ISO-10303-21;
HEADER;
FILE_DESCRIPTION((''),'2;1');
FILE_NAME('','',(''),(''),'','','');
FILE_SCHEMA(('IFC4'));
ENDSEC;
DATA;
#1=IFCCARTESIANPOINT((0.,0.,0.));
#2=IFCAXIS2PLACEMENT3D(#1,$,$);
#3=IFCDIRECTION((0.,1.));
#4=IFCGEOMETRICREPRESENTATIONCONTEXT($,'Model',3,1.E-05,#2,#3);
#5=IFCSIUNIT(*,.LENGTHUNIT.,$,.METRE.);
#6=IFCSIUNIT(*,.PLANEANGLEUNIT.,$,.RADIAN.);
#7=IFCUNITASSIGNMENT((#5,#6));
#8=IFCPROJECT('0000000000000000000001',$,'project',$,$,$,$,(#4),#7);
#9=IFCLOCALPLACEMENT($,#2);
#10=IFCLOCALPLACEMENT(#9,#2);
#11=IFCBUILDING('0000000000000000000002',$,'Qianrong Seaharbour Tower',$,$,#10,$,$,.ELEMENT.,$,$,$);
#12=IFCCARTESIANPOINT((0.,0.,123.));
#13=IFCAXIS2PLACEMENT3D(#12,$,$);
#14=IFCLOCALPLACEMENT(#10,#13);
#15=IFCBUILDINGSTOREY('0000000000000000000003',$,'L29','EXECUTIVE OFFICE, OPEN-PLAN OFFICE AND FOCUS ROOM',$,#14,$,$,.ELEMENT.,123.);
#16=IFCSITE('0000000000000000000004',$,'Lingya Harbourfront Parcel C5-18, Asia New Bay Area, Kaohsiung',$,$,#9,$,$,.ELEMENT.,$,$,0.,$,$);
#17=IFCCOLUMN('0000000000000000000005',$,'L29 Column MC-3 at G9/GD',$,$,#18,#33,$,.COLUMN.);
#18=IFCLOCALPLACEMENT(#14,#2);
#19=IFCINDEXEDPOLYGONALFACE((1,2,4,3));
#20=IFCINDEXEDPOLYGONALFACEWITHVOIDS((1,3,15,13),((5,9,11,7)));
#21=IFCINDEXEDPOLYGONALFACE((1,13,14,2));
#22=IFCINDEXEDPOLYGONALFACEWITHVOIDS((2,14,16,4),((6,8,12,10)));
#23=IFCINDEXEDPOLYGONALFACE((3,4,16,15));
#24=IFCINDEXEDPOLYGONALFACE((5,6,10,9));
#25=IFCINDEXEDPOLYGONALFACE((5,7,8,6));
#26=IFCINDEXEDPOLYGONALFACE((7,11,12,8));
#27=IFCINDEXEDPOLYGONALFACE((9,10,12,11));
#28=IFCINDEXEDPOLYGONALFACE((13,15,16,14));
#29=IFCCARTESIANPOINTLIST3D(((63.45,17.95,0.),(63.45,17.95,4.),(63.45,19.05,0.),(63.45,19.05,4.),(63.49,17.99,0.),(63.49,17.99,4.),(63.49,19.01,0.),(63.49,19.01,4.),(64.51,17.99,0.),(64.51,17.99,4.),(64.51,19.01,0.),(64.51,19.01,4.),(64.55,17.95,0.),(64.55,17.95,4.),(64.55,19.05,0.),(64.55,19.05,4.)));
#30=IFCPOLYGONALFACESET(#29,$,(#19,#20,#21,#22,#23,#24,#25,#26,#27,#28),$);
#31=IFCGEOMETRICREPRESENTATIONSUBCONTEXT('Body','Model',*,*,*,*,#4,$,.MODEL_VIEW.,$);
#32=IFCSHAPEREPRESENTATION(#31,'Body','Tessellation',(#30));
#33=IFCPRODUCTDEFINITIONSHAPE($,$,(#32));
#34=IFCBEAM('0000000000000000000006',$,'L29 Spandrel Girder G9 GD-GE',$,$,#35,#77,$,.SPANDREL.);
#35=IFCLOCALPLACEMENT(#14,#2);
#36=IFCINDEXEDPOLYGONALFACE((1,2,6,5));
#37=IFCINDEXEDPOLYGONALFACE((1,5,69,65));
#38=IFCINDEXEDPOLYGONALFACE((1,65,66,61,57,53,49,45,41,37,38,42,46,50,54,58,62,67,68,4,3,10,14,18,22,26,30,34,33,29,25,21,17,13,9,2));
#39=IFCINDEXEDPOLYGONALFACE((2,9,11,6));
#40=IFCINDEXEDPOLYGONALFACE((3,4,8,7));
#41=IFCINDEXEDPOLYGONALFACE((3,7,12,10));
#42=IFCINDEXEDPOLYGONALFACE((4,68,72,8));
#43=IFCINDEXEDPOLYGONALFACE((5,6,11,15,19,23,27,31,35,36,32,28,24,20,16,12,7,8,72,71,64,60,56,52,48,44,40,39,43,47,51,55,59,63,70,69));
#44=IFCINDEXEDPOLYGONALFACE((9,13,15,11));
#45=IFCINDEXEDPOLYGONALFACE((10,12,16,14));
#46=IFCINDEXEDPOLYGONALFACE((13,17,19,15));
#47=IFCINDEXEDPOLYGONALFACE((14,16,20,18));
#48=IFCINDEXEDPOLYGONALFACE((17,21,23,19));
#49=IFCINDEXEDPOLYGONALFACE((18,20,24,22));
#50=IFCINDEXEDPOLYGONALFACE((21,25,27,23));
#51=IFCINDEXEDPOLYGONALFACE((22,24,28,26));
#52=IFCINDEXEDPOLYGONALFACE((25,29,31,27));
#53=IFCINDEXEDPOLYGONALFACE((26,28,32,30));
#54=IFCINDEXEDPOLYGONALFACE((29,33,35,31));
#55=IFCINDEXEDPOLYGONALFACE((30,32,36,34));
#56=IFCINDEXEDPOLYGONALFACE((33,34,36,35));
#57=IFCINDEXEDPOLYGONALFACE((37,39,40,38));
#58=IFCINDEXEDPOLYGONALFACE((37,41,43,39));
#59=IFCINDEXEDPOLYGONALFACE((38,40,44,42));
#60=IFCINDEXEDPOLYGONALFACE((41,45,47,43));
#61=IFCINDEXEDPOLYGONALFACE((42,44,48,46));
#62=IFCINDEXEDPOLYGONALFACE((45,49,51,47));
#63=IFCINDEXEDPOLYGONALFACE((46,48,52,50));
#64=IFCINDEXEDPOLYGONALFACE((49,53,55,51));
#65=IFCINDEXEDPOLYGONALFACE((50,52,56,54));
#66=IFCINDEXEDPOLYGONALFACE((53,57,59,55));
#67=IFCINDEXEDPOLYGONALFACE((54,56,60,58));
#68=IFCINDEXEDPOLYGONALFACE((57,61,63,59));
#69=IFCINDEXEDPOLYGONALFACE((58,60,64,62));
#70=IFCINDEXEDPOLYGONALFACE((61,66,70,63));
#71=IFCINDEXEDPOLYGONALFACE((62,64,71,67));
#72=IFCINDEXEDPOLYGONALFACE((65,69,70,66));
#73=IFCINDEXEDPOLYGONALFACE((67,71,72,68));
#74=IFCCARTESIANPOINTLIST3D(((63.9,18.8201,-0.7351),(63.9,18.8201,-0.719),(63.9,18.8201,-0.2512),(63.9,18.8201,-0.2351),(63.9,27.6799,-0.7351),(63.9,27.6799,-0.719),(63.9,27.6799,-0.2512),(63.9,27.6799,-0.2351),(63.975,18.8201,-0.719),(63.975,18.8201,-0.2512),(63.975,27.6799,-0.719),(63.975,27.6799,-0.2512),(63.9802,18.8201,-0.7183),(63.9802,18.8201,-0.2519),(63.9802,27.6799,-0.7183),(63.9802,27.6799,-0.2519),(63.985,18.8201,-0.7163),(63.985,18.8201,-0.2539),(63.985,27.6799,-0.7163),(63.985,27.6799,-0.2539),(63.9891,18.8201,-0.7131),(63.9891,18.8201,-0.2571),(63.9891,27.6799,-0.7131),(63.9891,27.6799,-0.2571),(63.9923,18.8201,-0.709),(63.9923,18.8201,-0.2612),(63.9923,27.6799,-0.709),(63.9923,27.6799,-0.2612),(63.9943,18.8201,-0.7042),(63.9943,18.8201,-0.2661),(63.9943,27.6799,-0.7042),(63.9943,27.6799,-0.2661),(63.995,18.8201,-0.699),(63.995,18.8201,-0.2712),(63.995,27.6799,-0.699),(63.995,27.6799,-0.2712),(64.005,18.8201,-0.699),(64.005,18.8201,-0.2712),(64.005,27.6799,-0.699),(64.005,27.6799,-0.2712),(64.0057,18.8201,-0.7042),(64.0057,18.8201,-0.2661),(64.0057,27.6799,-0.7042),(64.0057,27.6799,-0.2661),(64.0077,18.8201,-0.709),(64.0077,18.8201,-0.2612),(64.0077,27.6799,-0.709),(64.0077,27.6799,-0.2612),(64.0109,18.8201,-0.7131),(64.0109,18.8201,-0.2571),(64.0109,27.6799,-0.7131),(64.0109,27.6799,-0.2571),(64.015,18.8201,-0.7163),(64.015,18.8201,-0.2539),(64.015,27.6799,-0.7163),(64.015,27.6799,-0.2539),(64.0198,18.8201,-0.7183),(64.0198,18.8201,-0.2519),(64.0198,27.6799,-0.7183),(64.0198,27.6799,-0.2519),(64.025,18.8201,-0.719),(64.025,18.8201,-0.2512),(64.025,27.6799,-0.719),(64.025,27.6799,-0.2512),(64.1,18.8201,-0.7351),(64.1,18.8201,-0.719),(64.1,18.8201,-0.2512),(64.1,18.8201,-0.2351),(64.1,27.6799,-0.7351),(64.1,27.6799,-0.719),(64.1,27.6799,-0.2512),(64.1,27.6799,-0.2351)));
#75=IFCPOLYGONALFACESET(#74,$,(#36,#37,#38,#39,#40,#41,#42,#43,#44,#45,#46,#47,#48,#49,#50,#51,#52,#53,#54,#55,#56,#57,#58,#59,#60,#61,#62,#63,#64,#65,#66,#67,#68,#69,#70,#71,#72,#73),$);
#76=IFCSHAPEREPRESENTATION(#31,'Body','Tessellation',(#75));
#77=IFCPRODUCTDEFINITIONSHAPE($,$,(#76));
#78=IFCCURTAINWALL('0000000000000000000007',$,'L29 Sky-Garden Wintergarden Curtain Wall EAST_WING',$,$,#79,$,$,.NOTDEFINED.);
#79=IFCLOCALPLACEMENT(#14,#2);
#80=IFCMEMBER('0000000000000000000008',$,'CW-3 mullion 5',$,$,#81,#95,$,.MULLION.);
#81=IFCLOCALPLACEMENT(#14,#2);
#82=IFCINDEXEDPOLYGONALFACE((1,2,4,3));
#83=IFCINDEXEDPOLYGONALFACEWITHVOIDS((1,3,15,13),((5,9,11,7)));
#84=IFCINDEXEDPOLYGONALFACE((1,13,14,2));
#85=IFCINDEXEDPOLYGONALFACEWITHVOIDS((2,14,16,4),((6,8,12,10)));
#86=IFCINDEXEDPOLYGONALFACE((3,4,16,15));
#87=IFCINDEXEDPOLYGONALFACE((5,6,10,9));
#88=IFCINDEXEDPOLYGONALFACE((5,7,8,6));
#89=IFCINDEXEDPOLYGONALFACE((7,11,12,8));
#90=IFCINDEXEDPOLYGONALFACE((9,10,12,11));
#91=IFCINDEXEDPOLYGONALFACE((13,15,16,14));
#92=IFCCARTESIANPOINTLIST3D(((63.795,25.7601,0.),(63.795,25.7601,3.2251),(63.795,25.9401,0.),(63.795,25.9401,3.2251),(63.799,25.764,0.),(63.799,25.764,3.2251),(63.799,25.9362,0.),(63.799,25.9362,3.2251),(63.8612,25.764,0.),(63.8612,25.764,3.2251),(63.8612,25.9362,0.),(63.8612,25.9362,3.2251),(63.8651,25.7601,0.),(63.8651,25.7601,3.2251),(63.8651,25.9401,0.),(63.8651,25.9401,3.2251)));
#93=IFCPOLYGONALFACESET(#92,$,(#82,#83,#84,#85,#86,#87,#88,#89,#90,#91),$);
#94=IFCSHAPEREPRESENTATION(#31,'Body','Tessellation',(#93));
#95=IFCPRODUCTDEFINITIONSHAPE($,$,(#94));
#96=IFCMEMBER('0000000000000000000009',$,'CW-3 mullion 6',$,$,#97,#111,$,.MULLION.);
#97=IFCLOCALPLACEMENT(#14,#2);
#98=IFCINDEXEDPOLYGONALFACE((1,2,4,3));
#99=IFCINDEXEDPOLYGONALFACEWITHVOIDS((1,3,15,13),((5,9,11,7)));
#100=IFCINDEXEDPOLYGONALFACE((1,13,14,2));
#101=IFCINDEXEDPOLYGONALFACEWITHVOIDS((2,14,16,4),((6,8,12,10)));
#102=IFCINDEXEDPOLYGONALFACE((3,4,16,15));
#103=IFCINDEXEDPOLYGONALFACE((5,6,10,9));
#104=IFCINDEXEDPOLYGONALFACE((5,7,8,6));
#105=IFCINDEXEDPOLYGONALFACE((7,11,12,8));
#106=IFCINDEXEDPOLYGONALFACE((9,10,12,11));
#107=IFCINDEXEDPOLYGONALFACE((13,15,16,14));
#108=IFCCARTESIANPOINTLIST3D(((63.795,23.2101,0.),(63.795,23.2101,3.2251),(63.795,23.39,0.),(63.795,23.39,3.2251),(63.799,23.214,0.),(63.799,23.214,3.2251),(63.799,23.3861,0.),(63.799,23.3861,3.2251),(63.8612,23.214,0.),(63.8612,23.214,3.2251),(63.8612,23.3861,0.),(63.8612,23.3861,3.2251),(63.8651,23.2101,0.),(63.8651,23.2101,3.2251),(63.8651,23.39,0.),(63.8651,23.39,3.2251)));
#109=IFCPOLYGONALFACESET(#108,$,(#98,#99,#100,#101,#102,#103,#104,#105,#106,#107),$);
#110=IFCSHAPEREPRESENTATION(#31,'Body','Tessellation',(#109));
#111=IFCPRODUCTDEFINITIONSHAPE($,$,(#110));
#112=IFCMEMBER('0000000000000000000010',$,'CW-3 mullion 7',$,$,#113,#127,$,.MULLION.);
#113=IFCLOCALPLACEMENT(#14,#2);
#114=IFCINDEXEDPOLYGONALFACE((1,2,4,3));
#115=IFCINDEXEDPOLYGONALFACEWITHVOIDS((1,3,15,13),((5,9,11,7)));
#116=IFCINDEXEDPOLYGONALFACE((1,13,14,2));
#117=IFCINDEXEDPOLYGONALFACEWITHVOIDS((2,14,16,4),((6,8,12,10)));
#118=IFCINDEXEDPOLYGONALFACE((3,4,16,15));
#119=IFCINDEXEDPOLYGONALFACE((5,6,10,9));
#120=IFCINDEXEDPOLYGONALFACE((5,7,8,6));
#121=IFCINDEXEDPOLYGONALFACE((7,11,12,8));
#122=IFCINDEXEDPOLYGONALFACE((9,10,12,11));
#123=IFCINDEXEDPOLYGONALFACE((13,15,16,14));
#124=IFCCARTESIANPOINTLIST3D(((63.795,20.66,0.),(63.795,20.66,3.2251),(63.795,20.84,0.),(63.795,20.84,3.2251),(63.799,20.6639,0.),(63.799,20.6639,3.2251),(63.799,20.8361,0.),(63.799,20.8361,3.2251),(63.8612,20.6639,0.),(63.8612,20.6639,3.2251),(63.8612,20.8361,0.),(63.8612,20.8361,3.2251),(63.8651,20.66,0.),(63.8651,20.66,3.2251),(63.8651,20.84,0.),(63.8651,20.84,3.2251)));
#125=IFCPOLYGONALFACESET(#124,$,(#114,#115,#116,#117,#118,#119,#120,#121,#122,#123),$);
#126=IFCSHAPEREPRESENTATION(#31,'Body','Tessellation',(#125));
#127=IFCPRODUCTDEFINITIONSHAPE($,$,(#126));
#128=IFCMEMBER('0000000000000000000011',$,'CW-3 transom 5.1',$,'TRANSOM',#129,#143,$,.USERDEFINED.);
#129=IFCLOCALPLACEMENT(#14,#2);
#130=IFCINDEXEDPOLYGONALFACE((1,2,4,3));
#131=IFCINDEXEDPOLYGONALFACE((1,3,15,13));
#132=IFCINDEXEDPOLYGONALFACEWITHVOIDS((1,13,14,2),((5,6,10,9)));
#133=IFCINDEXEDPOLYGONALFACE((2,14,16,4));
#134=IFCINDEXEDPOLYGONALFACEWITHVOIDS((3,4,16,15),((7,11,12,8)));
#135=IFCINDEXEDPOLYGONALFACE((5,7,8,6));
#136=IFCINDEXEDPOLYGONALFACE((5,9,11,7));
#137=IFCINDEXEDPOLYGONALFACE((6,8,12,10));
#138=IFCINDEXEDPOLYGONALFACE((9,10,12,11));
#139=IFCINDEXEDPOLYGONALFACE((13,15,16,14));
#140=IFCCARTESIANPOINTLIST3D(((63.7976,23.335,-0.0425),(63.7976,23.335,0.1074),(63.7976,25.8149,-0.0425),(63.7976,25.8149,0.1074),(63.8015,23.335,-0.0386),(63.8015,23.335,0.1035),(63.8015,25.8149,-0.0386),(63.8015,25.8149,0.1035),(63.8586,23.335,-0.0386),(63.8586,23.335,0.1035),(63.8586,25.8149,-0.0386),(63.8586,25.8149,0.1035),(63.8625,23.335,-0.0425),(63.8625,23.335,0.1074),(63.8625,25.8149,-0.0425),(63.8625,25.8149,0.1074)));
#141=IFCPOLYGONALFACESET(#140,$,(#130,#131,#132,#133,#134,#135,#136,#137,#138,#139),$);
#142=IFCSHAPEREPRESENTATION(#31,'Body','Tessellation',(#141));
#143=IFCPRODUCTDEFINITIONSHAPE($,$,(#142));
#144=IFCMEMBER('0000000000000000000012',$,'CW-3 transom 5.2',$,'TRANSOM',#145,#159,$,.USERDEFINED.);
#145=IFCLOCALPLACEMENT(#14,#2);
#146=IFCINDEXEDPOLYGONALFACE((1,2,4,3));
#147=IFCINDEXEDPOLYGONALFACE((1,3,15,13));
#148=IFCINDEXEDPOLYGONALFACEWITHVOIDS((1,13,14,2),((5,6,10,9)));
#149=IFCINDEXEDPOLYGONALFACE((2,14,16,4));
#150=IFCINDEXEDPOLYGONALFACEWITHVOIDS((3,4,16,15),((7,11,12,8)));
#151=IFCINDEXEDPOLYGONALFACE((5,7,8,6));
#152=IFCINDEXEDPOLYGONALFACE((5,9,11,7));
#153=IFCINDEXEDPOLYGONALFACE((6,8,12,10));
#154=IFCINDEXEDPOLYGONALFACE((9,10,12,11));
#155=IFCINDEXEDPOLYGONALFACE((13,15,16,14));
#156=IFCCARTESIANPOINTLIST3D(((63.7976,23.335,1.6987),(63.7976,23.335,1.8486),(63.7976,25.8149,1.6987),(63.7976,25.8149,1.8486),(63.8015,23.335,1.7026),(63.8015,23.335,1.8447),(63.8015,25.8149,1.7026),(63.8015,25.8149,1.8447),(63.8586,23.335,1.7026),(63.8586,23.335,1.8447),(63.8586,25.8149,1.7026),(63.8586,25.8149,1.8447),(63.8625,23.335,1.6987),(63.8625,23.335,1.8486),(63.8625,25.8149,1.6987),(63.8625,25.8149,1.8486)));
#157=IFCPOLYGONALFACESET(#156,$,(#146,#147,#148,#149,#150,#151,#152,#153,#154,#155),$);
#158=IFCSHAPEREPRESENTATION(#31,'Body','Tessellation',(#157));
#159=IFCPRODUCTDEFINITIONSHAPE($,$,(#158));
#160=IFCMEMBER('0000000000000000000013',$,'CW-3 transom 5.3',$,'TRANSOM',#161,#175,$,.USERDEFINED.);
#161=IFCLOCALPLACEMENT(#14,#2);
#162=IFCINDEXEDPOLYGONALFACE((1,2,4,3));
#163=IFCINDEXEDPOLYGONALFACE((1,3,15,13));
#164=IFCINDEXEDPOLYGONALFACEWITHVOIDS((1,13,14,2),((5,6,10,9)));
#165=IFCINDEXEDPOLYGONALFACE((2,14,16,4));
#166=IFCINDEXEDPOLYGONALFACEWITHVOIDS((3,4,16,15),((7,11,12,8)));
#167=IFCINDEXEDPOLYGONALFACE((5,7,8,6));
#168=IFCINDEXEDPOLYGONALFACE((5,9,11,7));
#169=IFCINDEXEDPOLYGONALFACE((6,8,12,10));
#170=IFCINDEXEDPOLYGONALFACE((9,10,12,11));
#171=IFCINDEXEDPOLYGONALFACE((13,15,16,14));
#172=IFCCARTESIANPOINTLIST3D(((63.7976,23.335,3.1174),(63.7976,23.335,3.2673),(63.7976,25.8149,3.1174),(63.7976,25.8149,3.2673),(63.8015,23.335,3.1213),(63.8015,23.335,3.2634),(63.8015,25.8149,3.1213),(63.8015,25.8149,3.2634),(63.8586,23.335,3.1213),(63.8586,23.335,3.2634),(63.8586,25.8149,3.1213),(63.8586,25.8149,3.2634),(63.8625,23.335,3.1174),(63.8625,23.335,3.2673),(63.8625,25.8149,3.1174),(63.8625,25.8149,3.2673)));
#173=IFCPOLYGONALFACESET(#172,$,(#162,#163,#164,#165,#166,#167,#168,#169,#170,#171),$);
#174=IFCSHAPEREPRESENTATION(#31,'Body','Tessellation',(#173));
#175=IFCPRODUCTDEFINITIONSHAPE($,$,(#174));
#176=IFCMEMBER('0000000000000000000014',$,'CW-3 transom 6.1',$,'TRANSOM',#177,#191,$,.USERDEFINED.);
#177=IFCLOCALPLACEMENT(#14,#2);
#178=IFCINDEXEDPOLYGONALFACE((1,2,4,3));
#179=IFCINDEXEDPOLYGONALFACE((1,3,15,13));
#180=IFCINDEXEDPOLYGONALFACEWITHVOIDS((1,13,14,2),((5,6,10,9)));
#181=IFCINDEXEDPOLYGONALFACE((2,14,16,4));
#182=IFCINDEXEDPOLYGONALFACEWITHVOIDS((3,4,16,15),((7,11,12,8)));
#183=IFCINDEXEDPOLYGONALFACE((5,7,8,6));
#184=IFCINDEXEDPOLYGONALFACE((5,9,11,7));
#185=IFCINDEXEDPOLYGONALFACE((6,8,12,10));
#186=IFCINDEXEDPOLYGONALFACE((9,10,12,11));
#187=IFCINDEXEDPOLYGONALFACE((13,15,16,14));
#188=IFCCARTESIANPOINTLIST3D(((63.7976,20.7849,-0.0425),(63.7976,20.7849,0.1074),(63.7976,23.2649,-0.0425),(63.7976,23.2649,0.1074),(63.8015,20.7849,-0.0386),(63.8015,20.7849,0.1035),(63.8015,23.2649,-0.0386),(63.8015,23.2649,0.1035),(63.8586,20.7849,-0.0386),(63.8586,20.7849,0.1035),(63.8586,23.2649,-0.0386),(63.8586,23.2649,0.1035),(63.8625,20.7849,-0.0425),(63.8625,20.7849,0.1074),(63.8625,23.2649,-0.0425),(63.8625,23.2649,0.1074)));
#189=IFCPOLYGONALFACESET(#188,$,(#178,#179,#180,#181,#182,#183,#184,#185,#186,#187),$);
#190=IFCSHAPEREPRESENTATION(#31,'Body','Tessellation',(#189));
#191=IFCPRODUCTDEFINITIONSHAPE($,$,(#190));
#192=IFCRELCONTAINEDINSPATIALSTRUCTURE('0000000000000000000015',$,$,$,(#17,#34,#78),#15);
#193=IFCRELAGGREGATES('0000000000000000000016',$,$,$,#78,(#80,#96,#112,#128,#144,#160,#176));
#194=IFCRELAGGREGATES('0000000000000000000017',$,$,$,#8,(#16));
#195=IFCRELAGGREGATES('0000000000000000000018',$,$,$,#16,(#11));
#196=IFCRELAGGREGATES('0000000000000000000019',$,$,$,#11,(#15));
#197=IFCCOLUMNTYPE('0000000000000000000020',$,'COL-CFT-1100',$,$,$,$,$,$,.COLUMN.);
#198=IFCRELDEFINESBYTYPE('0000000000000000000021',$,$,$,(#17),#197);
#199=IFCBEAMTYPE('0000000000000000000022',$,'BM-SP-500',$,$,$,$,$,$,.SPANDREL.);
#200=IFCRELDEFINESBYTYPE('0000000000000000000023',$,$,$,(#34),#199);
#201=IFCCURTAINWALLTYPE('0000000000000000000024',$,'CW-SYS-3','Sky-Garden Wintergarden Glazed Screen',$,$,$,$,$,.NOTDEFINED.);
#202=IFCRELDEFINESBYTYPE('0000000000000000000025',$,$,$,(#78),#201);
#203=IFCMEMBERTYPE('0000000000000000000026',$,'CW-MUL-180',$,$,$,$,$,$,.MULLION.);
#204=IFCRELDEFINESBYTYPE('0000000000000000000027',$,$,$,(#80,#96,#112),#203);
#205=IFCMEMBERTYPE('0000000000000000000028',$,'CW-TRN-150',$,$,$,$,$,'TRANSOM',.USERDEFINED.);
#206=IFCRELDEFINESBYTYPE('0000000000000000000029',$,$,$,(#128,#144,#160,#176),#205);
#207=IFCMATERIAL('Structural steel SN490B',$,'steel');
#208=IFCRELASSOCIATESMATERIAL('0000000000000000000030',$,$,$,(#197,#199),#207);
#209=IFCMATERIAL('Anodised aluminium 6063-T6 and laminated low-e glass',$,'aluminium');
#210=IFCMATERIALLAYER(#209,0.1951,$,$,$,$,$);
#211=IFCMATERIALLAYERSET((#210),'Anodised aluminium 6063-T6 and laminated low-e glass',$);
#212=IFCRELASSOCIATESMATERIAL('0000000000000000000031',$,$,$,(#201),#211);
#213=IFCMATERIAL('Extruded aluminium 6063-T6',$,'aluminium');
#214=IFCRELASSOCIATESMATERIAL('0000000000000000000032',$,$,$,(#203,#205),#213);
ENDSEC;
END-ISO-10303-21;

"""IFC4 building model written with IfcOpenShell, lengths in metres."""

from ifc_helpers import new_model, si_unit, direction, frame, origin, origin_2d, place, context, subcontext, project, spatial, hollow_rectangle, i_section, extrude, material, layer, layer_set, material_profile, profile_set, type_object, element, aggregate, save


model = new_model("IFC4")

# Units and contexts
model_context = context("Model", 3, precision=1e-05, world=origin(), true_north=direction((0.0, 1.0)))
body_context = subcontext(model_context, "Body", "Model", "MODEL_VIEW")
ifc_project = project(units=[si_unit("LENGTHUNIT", "METRE"), si_unit("PLANEANGLEUNIT", "RADIAN")], contexts=[model_context])

# Site, building, storey
site_placement = place(None, origin())
site = spatial("IfcSite", under=ifc_project, at=site_placement, Name="Lingya Harbourfront Parcel C5-18, Asia New Bay Area, Kaohsiung", CompositionType="ELEMENT", RefElevation=0.0)
building_placement = place(site_placement, origin())
building = spatial("IfcBuilding", under=site, at=building_placement, Name="Qianrong Seaharbour Tower", CompositionType="ELEMENT")
storey_placement = place(building_placement, frame((0.0, 0.0, 123.0)))
storey = spatial("IfcBuildingStorey", under=building, at=storey_placement, Name="L29", Description="EXECUTIVE OFFICE, OPEN-PLAN OFFICE AND FOCUS ROOM", CompositionType="ELEMENT", Elevation=123.0)

# Column
ifc_material_1 = material(Name="Structural steel SN490B", Category="steel")
ifc_material_profile_1 = material_profile(ifc_material_1, hollow_rectangle(XDim=1.1001, YDim=1.1001, WallThickness=0.04, at=origin_2d()), Name="BOX1100x1100x40")
ifc_profile_set_1 = profile_set([ifc_material_profile_1], Name="Structural steel SN490B")
column_type = type_object("IfcColumnType", Name="COL-CFT-1100", PredefinedType="COLUMN", material=ifc_profile_set_1)
column_placement = place(storey_placement, frame((64.0, 18.5, 0.0), z_axis=(0.0, 0.0, 1.0), x_axis=(1.0, 0.0, 0.0)))
element("IfcColumn", 1, at=column_placement, inside=storey, type_object=column_type, Name="L29 Column MC-3 at G9/GD", PredefinedType="COLUMN", context=body_context, shape_type="SweptSolid", body=[
    extrude(hollow_rectangle(XDim=1.1001, YDim=1.1001, WallThickness=0.04, at=origin_2d()), origin(), (0.0, 0.0, 1.0), 4.0),
])

# Beam
ifc_material_profile_2 = material_profile(ifc_material_1, i_section(OverallWidth=0.2, OverallDepth=0.5, WebThickness=0.01, FlangeThickness=0.0161, FilletRadius=0.02, at=origin_2d()), Name="H500x200x10x16")
ifc_profile_set_2 = profile_set([ifc_material_profile_2], Name="Structural steel SN490B")
beam_type = type_object("IfcBeamType", Name="BM-SP-500", PredefinedType="SPANDREL", material=ifc_profile_set_2)
beam_placement = place(storey_placement, frame((64.0, 18.8201, -0.4851), z_axis=(0.0, 1.0, 0.0), x_axis=(-1.0, 0.0, 0.0)))
element("IfcBeam", 2, at=beam_placement, inside=storey, type_object=beam_type, Name="L29 Spandrel Girder G9 GD-GE", PredefinedType="SPANDREL", context=body_context, shape_type="SweptSolid", body=[
    extrude(i_section(OverallWidth=0.2, OverallDepth=0.5, WebThickness=0.01, FlangeThickness=0.0161, FilletRadius=0.02, at=origin_2d()), origin(), (0.0, 0.0, 1.0), 8.8599),
])

# Curtain wall, members
ifc_material_2 = material(Name="Anodised aluminium 6063-T6 and laminated low-e glass", Category="aluminium")
ifc_layer_1 = layer(ifc_material_2, 0.1951)
ifc_layer_set_1 = layer_set([ifc_layer_1], Name="Anodised aluminium 6063-T6 and laminated low-e glass")
curtain_wall_type = type_object("IfcCurtainWallType", Name="CW-SYS-3", Description="Sky-Garden Wintergarden Glazed Screen", PredefinedType="NOTDEFINED", material=ifc_layer_set_1)
curtain_wall_placement = place(storey_placement, origin())
curtain_wall = element("IfcCurtainWall", 3, at=curtain_wall_placement, inside=storey, type_object=curtain_wall_type, Name="L29 Sky-Garden Wintergarden Curtain Wall EAST_WING", PredefinedType="NOTDEFINED")
ifc_material_3 = material(Name="Extruded aluminium 6063-T6", Category="aluminium")
ifc_material_profile_3 = material_profile(ifc_material_3, hollow_rectangle(XDim=0.0701, YDim=0.1799, WallThickness=0.0039, at=origin_2d()), Name="ALU-MUL-180x70x4")
ifc_profile_set_3 = profile_set([ifc_material_profile_3], Name="Extruded aluminium 6063-T6")
member_type_1 = type_object("IfcMemberType", Name="CW-MUL-180", PredefinedType="MULLION", material=ifc_profile_set_3)
member_1_placement = place(storey_placement, frame((63.8301, 25.8501, 0.0), z_axis=(0.0, 0.0, 1.0), x_axis=(1.0, 0.0, 0.0)))
member_1 = element("IfcMember", 4, at=member_1_placement, type_object=member_type_1, Name="CW-3 mullion 5", PredefinedType="MULLION", context=body_context, shape_type="SweptSolid", body=[
    extrude(hollow_rectangle(XDim=0.0701, YDim=0.1799, WallThickness=0.0039, at=origin_2d()), origin(), (0.0, 0.0, 1.0), 3.2251),
])
member_2_placement = place(storey_placement, frame((63.8301, 23.3, 0.0), z_axis=(0.0, 0.0, 1.0), x_axis=(1.0, 0.0, 0.0)))
member_2 = element("IfcMember", 5, at=member_2_placement, type_object=member_type_1, Name="CW-3 mullion 6", PredefinedType="MULLION", context=body_context, shape_type="SweptSolid", body=[
    extrude(hollow_rectangle(XDim=0.0701, YDim=0.1799, WallThickness=0.0039, at=origin_2d()), origin(), (0.0, 0.0, 1.0), 3.2251),
])
member_3_placement = place(storey_placement, frame((63.8301, 20.75, 0.0), z_axis=(0.0, 0.0, 1.0), x_axis=(1.0, 0.0, 0.0)))
member_3 = element("IfcMember", 6, at=member_3_placement, type_object=member_type_1, Name="CW-3 mullion 7", PredefinedType="MULLION", context=body_context, shape_type="SweptSolid", body=[
    extrude(hollow_rectangle(XDim=0.0701, YDim=0.1799, WallThickness=0.0039, at=origin_2d()), origin(), (0.0, 0.0, 1.0), 3.2251),
])
ifc_material_profile_4 = material_profile(ifc_material_3, hollow_rectangle(XDim=0.0649, YDim=0.1499, WallThickness=0.0039, at=origin_2d()), Name="ALU-TRN-150x65x4")
ifc_profile_set_4 = profile_set([ifc_material_profile_4], Name="Extruded aluminium 6063-T6")
member_type_2 = type_object("IfcMemberType", Name="CW-TRN-150", ElementType="TRANSOM", PredefinedType="USERDEFINED", material=ifc_profile_set_4)
member_4_placement = place(storey_placement, frame((63.8301, 25.8149, 0.0325), z_axis=(0.0, -1.0, 0.0), x_axis=(1.0, 0.0, 0.0)))
member_4 = element("IfcMember", 7, at=member_4_placement, type_object=member_type_2, Name="CW-3 transom 5.1", ObjectType="TRANSOM", PredefinedType="USERDEFINED", context=body_context, shape_type="SweptSolid", body=[
    extrude(hollow_rectangle(XDim=0.0649, YDim=0.1499, WallThickness=0.0039, at=origin_2d()), origin(), (0.0, 0.0, 1.0), 2.48),
])
member_5_placement = place(storey_placement, frame((63.8301, 25.8149, 1.7737), z_axis=(0.0, -1.0, 0.0), x_axis=(1.0, 0.0, 0.0)))
member_5 = element("IfcMember", 8, at=member_5_placement, type_object=member_type_2, Name="CW-3 transom 5.2", ObjectType="TRANSOM", PredefinedType="USERDEFINED", context=body_context, shape_type="SweptSolid", body=[
    extrude(hollow_rectangle(XDim=0.0649, YDim=0.1499, WallThickness=0.0039, at=origin_2d()), origin(), (0.0, 0.0, 1.0), 2.48),
])
member_6_placement = place(storey_placement, frame((63.8301, 25.8149, 3.1924), z_axis=(0.0, -1.0, 0.0), x_axis=(1.0, 0.0, 0.0)))
member_6 = element("IfcMember", 9, at=member_6_placement, type_object=member_type_2, Name="CW-3 transom 5.3", ObjectType="TRANSOM", PredefinedType="USERDEFINED", context=body_context, shape_type="SweptSolid", body=[
    extrude(hollow_rectangle(XDim=0.0649, YDim=0.1499, WallThickness=0.0039, at=origin_2d()), origin(), (0.0, 0.0, 1.0), 2.48),
])
member_7_placement = place(storey_placement, frame((63.8301, 23.2649, 0.0325), z_axis=(0.0, -1.0, 0.0), x_axis=(1.0, 0.0, 0.0)))
member_7 = element("IfcMember", 10, at=member_7_placement, type_object=member_type_2, Name="CW-3 transom 6.1", ObjectType="TRANSOM", PredefinedType="USERDEFINED", context=body_context, shape_type="SweptSolid", body=[
    extrude(hollow_rectangle(XDim=0.0649, YDim=0.1499, WallThickness=0.0039, at=origin_2d()), origin(), (0.0, 0.0, 1.0), 2.48),
])
aggregate(curtain_wall, [member_1, member_2, member_3, member_4, member_5, member_6, member_7])

save(model, "model.ifc")
